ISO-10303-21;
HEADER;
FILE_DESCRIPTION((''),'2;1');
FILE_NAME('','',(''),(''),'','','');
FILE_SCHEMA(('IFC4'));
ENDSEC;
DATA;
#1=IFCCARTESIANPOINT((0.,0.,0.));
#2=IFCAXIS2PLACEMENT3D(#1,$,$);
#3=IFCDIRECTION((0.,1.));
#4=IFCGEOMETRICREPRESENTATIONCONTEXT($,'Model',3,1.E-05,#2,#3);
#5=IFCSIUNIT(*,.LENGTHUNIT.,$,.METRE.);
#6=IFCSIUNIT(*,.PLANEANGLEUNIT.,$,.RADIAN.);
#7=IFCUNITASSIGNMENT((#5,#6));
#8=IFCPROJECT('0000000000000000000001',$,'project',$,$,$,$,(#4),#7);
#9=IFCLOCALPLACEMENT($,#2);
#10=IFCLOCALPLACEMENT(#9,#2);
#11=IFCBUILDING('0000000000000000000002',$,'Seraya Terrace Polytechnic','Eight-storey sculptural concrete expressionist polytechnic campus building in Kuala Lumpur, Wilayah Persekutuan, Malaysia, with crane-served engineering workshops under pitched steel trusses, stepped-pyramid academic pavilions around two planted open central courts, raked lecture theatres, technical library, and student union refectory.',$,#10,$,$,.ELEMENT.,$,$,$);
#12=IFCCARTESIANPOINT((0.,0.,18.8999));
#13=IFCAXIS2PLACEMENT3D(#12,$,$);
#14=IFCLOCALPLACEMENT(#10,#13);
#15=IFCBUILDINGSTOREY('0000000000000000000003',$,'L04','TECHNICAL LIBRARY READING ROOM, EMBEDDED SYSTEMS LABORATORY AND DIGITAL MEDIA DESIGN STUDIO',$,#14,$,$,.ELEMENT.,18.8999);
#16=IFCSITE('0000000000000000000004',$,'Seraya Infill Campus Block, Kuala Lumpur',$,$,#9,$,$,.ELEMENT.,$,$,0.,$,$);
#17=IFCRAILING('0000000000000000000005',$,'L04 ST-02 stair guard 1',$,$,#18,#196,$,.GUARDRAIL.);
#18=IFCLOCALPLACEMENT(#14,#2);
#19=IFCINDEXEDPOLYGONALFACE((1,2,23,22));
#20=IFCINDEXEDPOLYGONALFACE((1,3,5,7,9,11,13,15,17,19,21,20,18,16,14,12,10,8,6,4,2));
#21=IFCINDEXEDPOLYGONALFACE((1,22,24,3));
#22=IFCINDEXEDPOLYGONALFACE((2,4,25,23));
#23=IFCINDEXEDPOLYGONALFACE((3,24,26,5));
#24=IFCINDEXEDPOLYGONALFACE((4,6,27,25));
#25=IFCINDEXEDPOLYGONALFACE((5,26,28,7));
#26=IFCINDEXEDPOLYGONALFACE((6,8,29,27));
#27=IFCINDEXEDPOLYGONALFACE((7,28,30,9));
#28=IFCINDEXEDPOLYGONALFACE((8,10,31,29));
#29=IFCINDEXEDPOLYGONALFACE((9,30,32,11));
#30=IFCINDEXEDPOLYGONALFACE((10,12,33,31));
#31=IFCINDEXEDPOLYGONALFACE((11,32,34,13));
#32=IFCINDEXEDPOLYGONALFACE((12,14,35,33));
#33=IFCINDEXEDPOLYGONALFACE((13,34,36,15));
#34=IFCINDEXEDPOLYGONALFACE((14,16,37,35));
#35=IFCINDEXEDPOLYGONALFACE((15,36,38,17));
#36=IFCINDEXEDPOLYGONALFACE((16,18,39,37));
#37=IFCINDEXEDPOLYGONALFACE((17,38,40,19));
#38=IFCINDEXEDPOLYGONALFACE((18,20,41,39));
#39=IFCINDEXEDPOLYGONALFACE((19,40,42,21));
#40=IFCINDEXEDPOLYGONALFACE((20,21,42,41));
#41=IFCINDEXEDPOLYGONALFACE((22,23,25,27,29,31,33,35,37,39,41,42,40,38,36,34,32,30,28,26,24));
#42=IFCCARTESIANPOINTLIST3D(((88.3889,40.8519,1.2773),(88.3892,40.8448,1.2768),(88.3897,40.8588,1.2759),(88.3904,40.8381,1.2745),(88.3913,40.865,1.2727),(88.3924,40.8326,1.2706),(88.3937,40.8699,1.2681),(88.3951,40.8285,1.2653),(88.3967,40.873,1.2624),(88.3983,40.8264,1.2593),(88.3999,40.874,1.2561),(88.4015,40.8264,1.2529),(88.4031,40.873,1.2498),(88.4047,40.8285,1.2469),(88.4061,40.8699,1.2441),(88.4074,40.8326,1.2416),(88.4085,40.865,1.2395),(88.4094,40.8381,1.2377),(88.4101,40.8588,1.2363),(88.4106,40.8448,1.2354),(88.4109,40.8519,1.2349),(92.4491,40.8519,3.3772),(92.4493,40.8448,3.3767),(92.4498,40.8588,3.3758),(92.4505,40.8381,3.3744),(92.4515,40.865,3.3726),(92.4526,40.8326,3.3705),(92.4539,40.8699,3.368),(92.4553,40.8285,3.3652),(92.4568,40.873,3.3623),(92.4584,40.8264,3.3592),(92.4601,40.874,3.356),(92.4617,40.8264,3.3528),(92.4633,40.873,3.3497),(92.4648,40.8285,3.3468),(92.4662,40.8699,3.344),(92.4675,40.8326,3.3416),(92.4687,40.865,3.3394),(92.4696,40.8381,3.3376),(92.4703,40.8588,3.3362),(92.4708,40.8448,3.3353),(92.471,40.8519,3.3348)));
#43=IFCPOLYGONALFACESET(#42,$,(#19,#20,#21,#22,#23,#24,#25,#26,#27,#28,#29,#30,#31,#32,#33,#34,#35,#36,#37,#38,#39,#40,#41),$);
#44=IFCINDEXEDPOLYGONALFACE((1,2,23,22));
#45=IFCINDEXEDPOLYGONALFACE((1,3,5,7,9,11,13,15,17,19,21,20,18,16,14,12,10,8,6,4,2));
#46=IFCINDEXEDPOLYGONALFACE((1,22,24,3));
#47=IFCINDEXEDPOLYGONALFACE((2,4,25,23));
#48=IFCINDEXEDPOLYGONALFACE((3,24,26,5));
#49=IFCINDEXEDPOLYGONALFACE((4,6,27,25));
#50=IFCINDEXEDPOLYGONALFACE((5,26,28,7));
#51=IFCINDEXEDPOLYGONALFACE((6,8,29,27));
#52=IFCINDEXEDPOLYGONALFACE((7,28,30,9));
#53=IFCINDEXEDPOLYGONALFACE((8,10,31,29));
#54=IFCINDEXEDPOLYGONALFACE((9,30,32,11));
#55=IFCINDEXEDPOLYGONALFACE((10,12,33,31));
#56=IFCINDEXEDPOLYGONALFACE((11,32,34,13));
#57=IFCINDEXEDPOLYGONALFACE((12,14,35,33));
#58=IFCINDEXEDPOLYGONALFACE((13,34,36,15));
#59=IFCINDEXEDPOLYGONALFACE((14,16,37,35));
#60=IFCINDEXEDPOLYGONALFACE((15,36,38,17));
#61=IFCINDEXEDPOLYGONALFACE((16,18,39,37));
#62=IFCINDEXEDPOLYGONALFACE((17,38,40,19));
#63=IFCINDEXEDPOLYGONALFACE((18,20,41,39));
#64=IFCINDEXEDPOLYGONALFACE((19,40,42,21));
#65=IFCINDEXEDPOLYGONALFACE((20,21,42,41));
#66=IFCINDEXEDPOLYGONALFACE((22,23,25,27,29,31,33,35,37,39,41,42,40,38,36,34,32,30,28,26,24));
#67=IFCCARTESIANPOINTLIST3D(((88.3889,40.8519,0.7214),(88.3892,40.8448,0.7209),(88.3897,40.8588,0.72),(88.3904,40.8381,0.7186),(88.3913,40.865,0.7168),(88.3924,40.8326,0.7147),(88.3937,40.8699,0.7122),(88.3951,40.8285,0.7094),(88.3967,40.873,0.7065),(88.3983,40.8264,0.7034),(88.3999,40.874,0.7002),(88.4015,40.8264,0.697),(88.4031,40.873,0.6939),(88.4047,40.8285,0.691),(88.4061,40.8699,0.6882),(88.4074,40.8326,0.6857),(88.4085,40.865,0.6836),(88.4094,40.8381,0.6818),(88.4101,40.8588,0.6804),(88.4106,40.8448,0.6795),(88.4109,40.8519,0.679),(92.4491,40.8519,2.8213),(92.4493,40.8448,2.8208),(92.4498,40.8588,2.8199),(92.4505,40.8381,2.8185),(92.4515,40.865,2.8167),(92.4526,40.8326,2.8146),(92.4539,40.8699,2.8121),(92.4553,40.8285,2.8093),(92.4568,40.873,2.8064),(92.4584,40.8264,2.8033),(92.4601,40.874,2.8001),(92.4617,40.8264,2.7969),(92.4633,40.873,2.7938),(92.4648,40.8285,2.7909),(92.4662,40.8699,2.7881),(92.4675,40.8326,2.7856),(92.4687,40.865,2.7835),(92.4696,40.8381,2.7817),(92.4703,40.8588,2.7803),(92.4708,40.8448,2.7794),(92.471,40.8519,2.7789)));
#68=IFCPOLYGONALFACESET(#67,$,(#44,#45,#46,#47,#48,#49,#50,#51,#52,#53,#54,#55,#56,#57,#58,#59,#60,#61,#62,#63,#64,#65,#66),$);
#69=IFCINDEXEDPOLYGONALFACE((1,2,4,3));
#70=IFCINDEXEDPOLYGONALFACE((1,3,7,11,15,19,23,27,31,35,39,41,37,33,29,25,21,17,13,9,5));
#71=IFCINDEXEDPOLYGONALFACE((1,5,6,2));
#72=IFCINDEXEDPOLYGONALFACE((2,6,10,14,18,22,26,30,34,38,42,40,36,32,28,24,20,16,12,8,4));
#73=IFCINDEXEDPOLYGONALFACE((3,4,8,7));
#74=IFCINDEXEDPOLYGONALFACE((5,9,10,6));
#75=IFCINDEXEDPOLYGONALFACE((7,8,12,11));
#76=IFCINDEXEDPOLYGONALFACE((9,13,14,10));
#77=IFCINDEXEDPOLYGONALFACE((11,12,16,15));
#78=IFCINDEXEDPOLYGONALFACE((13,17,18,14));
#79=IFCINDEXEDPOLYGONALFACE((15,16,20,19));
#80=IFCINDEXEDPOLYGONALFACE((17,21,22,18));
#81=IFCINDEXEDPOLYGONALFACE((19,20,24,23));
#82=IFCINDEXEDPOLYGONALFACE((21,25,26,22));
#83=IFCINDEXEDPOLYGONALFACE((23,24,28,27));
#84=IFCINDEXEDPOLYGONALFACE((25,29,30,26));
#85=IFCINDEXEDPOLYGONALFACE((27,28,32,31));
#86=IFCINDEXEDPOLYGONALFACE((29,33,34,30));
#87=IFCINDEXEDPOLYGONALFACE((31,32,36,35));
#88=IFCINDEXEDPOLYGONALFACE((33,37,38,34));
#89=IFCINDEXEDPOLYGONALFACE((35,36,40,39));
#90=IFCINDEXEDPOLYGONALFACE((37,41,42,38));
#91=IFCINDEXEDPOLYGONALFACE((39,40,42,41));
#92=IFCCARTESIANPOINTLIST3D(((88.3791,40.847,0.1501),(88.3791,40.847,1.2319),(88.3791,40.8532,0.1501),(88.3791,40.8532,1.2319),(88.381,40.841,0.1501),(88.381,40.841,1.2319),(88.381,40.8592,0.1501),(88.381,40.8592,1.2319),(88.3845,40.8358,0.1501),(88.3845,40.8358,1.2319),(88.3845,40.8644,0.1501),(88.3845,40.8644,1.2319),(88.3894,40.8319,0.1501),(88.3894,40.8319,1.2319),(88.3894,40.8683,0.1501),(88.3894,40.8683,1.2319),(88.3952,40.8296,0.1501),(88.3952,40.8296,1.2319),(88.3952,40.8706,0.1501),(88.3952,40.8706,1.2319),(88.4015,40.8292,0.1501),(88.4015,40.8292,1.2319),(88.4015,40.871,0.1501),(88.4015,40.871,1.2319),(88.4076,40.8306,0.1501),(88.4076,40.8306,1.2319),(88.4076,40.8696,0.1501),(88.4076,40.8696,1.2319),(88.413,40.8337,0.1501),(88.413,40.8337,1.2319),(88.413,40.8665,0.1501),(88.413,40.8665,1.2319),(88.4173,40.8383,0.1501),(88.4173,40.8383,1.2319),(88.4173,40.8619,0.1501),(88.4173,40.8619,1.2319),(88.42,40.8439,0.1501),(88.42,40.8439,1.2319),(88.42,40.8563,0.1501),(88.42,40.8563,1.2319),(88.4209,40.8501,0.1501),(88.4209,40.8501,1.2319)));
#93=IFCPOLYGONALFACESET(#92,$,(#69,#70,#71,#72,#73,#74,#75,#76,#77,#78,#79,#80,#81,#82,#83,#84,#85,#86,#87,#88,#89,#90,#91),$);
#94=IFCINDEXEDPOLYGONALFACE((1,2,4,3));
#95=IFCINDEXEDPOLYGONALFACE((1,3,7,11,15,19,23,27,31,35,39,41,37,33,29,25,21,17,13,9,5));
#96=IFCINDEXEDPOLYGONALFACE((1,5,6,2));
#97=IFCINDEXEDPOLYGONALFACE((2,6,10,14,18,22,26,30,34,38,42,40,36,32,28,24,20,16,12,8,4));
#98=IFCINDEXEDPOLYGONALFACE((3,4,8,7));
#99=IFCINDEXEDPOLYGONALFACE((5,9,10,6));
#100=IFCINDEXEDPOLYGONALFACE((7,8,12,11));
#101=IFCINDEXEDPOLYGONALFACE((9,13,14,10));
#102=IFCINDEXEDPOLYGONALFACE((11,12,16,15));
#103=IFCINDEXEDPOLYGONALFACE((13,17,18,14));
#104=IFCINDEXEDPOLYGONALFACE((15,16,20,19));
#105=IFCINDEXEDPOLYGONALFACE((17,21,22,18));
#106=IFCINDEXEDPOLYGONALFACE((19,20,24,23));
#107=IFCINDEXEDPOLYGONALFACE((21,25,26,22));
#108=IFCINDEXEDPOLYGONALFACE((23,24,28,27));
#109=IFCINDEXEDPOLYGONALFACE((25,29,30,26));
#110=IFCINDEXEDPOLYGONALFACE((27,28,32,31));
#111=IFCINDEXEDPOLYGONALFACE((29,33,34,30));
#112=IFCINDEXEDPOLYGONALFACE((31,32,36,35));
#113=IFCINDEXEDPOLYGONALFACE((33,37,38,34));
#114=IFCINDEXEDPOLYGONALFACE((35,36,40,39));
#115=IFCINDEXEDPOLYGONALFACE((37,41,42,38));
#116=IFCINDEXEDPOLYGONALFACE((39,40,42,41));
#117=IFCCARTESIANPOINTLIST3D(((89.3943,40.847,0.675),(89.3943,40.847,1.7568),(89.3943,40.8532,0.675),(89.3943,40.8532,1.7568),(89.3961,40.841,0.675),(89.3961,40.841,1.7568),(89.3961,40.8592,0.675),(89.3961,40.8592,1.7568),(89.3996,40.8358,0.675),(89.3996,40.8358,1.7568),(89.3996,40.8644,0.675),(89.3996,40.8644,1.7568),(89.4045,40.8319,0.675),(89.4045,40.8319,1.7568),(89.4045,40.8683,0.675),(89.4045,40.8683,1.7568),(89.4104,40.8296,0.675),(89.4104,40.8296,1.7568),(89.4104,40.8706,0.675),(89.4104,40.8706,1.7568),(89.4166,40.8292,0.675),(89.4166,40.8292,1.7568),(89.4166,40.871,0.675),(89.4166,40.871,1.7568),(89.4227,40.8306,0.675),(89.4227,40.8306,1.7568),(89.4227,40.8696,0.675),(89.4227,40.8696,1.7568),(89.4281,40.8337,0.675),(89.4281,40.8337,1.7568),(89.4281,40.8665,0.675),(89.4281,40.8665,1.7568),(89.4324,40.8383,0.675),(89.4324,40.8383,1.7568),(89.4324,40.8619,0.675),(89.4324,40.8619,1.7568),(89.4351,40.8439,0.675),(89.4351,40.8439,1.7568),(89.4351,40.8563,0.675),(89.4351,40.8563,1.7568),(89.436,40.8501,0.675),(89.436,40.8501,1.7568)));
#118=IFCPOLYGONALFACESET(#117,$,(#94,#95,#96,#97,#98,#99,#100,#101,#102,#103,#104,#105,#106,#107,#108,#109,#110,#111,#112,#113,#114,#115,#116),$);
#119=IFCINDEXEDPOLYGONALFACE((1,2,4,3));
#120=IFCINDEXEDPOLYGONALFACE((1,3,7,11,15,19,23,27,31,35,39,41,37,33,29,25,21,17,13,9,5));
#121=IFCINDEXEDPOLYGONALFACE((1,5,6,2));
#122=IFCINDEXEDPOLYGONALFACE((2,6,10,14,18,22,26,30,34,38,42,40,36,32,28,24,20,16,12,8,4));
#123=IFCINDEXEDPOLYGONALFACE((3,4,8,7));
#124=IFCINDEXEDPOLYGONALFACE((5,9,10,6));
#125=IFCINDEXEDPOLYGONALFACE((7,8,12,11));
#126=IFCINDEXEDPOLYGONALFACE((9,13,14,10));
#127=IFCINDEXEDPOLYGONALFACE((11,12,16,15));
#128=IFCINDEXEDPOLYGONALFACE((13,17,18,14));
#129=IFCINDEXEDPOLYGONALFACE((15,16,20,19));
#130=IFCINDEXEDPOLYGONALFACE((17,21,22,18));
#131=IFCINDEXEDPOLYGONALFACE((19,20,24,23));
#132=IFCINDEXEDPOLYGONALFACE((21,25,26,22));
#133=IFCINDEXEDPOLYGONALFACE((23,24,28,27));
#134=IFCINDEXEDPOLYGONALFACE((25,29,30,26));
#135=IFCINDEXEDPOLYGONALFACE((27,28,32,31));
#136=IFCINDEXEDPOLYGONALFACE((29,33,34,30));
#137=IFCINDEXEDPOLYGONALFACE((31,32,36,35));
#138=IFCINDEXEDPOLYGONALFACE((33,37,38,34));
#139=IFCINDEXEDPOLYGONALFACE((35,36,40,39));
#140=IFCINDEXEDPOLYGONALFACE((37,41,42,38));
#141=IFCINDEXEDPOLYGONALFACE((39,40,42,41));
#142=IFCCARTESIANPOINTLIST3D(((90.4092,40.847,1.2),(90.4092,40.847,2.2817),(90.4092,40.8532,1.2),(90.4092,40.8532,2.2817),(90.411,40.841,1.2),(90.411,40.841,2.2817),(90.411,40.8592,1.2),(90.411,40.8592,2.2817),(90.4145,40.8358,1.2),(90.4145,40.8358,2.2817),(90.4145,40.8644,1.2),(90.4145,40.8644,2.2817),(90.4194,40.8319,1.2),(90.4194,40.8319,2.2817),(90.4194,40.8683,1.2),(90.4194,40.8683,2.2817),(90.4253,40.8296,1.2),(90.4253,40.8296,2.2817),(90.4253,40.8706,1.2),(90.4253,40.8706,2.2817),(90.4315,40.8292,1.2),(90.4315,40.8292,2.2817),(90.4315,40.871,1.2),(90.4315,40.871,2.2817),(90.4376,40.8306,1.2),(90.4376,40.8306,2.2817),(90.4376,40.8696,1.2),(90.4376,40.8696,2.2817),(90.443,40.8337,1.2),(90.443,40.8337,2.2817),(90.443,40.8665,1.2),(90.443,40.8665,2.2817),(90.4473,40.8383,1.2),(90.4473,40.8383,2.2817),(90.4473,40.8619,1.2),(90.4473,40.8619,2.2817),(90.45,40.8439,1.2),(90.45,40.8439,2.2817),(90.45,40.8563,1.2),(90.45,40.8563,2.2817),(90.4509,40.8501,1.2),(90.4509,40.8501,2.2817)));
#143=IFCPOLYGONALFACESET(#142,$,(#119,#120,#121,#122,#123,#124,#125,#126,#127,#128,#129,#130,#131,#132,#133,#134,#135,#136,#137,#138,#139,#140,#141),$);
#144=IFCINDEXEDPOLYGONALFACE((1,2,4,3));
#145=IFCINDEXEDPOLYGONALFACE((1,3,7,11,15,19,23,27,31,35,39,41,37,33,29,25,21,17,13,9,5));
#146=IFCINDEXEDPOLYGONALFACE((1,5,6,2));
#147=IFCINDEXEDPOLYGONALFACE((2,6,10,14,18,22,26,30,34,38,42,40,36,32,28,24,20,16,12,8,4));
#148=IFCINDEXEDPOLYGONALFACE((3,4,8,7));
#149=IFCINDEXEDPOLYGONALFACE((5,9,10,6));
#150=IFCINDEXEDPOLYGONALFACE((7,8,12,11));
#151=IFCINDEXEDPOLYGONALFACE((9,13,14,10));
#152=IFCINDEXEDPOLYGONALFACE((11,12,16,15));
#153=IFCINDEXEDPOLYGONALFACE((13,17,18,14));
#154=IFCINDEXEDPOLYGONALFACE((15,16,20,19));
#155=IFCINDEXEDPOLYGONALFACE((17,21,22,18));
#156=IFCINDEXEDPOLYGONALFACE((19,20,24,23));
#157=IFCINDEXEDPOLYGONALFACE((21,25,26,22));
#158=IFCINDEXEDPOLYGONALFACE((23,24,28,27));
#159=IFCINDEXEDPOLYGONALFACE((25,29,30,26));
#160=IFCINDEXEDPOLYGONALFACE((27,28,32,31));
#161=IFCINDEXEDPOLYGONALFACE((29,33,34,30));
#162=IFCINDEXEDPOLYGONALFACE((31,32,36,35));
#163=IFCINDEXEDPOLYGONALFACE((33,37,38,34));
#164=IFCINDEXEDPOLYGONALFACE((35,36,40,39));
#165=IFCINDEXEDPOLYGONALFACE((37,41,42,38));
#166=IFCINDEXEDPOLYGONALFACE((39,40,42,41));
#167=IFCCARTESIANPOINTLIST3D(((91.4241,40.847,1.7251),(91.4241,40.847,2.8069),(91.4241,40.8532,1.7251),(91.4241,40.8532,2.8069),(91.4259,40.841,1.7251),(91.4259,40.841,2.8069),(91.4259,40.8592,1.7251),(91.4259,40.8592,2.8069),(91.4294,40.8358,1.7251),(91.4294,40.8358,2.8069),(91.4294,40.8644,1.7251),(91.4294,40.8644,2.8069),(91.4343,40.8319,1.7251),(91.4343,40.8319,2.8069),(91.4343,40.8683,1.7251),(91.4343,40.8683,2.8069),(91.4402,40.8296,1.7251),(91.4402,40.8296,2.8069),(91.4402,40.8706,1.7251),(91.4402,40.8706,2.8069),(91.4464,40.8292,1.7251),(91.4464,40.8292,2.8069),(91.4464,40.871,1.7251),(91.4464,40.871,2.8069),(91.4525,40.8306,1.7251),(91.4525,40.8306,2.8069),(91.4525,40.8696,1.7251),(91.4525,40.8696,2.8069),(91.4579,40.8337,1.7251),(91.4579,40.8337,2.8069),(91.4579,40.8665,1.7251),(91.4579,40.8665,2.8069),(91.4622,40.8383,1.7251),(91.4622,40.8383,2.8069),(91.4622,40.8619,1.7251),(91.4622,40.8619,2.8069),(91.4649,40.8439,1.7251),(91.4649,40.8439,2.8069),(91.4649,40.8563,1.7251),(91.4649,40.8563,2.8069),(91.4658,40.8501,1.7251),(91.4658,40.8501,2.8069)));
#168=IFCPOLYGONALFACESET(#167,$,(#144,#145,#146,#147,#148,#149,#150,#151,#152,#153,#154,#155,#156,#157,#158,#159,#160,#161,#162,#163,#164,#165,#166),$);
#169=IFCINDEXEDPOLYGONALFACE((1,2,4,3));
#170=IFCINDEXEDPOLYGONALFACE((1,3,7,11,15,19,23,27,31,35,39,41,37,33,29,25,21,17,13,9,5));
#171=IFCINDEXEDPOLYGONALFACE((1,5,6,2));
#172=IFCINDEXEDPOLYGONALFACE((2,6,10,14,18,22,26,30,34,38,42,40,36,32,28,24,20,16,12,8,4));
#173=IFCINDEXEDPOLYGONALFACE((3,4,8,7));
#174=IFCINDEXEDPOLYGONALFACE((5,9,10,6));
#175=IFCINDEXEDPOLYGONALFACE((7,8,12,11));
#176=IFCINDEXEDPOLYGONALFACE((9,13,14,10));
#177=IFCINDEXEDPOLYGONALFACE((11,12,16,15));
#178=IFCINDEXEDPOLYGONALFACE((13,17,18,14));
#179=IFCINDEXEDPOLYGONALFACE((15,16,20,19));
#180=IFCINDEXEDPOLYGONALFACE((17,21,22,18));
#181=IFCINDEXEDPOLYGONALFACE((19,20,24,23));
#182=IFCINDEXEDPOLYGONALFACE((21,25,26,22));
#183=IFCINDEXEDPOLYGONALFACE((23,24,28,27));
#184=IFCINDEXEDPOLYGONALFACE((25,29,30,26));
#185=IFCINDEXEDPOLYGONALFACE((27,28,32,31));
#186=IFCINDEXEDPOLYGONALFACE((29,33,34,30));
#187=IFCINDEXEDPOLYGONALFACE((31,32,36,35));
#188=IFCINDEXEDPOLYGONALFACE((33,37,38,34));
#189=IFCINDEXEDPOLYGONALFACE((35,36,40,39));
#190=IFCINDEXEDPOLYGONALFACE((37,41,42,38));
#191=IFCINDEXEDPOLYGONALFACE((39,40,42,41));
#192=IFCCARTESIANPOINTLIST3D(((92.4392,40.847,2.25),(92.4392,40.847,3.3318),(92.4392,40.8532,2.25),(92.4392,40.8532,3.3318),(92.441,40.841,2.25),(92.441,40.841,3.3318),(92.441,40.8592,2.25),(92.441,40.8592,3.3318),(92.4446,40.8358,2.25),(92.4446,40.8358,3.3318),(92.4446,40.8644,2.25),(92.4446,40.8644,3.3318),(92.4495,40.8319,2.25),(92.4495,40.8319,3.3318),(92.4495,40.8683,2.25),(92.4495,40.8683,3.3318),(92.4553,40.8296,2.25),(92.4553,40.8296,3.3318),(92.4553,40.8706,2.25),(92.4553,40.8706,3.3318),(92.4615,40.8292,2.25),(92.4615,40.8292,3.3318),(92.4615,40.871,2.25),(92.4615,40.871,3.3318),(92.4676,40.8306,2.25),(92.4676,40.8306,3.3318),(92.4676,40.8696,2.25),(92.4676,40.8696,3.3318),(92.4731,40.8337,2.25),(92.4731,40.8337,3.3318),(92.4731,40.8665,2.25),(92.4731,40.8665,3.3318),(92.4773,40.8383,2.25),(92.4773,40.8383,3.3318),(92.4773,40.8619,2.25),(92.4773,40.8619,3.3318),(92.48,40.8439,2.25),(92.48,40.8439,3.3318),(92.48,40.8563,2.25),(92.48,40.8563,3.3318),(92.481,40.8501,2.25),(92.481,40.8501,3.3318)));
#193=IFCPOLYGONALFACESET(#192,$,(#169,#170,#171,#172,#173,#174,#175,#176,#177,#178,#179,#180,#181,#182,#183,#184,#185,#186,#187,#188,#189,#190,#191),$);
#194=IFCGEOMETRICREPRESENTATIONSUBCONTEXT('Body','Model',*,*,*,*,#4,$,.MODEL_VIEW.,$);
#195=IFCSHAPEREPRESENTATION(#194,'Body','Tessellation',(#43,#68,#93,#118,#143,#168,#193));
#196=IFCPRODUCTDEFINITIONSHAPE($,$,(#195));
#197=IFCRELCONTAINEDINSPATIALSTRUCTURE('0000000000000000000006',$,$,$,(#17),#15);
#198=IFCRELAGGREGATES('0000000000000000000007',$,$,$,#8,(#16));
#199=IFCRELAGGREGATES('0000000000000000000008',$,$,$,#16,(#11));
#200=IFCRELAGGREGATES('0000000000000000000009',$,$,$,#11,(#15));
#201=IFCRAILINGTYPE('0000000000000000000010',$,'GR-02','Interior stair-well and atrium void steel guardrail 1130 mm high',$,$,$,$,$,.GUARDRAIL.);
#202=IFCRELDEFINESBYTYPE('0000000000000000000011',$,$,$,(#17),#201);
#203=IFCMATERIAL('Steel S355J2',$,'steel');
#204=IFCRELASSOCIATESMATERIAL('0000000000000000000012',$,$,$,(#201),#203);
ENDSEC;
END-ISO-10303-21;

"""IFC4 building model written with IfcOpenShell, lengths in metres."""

from ifc_helpers import new_model, si_unit, direction, frame, origin, origin_2d, place, context, subcontext, project, spatial, circle, extrude, material, type_object, element, save


model = new_model("IFC4")

# Units and contexts
model_context = context("Model", 3, precision=1e-05, world=origin(), true_north=direction((0.0, 1.0)))
body_context = subcontext(model_context, "Body", "Model", "MODEL_VIEW")
ifc_project = project(units=[si_unit("LENGTHUNIT", "METRE"), si_unit("PLANEANGLEUNIT", "RADIAN")], contexts=[model_context])

# Site, building, storey
site_placement = place(None, origin())
site = spatial("IfcSite", under=ifc_project, at=site_placement, Name="Seraya Infill Campus Block, Kuala Lumpur", CompositionType="ELEMENT", RefElevation=0.0)
building_placement = place(site_placement, origin())
building = spatial("IfcBuilding", under=site, at=building_placement, Name="Seraya Terrace Polytechnic", Description="Eight-storey sculptural concrete expressionist polytechnic campus building in Kuala Lumpur, Wilayah Persekutuan, Malaysia, with crane-served engineering workshops under pitched steel trusses, stepped-pyramid academic pavilions around two planted open central courts, raked lecture theatres, technical library, and student union refectory.", CompositionType="ELEMENT")
storey_placement = place(building_placement, frame((0.0, 0.0, 18.8999)))
storey = spatial("IfcBuildingStorey", under=building, at=storey_placement, Name="L04", Description="TECHNICAL LIBRARY READING ROOM, EMBEDDED SYSTEMS LABORATORY AND DIGITAL MEDIA DESIGN STUDIO", CompositionType="ELEMENT", Elevation=18.8999)

# Railing
ifc_material_1 = material(Name="Steel S355J2", Category="steel")
railing_type_1 = type_object("IfcRailingType", Name="GR-02", Description="Interior stair-well and atrium void steel guardrail 1130 mm high", PredefinedType="GUARDRAIL", material=ifc_material_1)
railing_1_placement = place(storey_placement, frame((88.3999, 40.8501, 0.1501)))
element("IfcRailing", 1, at=railing_1_placement, inside=storey, type_object=railing_type_1, Name="L04 ST-02 stair guard 1", PredefinedType="GUARDRAIL", context=body_context, shape_type="SweptSolid", body=[
    extrude(circle(Radius=0.0239, at=origin_2d()), frame((0.0, 0.0, 1.106), z_axis=(0.888233, 0.0, 0.459392), x_axis=(0.0, 1.0, 0.0)), (0.0, 0.0, 1.0), 4.571),
    extrude(circle(Radius=0.0239, at=origin_2d()), frame((0.0, 0.0, 0.55), z_axis=(0.888233, 0.0, 0.459392), x_axis=(0.0, 1.0, 0.0)), (0.0, 0.0, 1.0), 4.571),
    extrude(circle(Radius=0.021, at=origin_2d()), origin(), (0.0, 0.0, 1.0), 1.0818),
    extrude(circle(Radius=0.021, at=origin_2d()), frame((1.0151, 0.0, 0.5249)), (0.0, 0.0, 1.0), 1.0818),
    extrude(circle(Radius=0.021, at=origin_2d()), frame((2.03, 0.0, 1.0498)), (0.0, 0.0, 1.0), 1.0818),
    extrude(circle(Radius=0.021, at=origin_2d()), frame((3.0449, 0.0, 1.575)), (0.0, 0.0, 1.0), 1.0818),
    extrude(circle(Radius=0.021, at=origin_2d()), frame((4.0601, 0.0, 2.0999)), (0.0, 0.0, 1.0), 1.0818),
])

save(model, "model.ifc")
